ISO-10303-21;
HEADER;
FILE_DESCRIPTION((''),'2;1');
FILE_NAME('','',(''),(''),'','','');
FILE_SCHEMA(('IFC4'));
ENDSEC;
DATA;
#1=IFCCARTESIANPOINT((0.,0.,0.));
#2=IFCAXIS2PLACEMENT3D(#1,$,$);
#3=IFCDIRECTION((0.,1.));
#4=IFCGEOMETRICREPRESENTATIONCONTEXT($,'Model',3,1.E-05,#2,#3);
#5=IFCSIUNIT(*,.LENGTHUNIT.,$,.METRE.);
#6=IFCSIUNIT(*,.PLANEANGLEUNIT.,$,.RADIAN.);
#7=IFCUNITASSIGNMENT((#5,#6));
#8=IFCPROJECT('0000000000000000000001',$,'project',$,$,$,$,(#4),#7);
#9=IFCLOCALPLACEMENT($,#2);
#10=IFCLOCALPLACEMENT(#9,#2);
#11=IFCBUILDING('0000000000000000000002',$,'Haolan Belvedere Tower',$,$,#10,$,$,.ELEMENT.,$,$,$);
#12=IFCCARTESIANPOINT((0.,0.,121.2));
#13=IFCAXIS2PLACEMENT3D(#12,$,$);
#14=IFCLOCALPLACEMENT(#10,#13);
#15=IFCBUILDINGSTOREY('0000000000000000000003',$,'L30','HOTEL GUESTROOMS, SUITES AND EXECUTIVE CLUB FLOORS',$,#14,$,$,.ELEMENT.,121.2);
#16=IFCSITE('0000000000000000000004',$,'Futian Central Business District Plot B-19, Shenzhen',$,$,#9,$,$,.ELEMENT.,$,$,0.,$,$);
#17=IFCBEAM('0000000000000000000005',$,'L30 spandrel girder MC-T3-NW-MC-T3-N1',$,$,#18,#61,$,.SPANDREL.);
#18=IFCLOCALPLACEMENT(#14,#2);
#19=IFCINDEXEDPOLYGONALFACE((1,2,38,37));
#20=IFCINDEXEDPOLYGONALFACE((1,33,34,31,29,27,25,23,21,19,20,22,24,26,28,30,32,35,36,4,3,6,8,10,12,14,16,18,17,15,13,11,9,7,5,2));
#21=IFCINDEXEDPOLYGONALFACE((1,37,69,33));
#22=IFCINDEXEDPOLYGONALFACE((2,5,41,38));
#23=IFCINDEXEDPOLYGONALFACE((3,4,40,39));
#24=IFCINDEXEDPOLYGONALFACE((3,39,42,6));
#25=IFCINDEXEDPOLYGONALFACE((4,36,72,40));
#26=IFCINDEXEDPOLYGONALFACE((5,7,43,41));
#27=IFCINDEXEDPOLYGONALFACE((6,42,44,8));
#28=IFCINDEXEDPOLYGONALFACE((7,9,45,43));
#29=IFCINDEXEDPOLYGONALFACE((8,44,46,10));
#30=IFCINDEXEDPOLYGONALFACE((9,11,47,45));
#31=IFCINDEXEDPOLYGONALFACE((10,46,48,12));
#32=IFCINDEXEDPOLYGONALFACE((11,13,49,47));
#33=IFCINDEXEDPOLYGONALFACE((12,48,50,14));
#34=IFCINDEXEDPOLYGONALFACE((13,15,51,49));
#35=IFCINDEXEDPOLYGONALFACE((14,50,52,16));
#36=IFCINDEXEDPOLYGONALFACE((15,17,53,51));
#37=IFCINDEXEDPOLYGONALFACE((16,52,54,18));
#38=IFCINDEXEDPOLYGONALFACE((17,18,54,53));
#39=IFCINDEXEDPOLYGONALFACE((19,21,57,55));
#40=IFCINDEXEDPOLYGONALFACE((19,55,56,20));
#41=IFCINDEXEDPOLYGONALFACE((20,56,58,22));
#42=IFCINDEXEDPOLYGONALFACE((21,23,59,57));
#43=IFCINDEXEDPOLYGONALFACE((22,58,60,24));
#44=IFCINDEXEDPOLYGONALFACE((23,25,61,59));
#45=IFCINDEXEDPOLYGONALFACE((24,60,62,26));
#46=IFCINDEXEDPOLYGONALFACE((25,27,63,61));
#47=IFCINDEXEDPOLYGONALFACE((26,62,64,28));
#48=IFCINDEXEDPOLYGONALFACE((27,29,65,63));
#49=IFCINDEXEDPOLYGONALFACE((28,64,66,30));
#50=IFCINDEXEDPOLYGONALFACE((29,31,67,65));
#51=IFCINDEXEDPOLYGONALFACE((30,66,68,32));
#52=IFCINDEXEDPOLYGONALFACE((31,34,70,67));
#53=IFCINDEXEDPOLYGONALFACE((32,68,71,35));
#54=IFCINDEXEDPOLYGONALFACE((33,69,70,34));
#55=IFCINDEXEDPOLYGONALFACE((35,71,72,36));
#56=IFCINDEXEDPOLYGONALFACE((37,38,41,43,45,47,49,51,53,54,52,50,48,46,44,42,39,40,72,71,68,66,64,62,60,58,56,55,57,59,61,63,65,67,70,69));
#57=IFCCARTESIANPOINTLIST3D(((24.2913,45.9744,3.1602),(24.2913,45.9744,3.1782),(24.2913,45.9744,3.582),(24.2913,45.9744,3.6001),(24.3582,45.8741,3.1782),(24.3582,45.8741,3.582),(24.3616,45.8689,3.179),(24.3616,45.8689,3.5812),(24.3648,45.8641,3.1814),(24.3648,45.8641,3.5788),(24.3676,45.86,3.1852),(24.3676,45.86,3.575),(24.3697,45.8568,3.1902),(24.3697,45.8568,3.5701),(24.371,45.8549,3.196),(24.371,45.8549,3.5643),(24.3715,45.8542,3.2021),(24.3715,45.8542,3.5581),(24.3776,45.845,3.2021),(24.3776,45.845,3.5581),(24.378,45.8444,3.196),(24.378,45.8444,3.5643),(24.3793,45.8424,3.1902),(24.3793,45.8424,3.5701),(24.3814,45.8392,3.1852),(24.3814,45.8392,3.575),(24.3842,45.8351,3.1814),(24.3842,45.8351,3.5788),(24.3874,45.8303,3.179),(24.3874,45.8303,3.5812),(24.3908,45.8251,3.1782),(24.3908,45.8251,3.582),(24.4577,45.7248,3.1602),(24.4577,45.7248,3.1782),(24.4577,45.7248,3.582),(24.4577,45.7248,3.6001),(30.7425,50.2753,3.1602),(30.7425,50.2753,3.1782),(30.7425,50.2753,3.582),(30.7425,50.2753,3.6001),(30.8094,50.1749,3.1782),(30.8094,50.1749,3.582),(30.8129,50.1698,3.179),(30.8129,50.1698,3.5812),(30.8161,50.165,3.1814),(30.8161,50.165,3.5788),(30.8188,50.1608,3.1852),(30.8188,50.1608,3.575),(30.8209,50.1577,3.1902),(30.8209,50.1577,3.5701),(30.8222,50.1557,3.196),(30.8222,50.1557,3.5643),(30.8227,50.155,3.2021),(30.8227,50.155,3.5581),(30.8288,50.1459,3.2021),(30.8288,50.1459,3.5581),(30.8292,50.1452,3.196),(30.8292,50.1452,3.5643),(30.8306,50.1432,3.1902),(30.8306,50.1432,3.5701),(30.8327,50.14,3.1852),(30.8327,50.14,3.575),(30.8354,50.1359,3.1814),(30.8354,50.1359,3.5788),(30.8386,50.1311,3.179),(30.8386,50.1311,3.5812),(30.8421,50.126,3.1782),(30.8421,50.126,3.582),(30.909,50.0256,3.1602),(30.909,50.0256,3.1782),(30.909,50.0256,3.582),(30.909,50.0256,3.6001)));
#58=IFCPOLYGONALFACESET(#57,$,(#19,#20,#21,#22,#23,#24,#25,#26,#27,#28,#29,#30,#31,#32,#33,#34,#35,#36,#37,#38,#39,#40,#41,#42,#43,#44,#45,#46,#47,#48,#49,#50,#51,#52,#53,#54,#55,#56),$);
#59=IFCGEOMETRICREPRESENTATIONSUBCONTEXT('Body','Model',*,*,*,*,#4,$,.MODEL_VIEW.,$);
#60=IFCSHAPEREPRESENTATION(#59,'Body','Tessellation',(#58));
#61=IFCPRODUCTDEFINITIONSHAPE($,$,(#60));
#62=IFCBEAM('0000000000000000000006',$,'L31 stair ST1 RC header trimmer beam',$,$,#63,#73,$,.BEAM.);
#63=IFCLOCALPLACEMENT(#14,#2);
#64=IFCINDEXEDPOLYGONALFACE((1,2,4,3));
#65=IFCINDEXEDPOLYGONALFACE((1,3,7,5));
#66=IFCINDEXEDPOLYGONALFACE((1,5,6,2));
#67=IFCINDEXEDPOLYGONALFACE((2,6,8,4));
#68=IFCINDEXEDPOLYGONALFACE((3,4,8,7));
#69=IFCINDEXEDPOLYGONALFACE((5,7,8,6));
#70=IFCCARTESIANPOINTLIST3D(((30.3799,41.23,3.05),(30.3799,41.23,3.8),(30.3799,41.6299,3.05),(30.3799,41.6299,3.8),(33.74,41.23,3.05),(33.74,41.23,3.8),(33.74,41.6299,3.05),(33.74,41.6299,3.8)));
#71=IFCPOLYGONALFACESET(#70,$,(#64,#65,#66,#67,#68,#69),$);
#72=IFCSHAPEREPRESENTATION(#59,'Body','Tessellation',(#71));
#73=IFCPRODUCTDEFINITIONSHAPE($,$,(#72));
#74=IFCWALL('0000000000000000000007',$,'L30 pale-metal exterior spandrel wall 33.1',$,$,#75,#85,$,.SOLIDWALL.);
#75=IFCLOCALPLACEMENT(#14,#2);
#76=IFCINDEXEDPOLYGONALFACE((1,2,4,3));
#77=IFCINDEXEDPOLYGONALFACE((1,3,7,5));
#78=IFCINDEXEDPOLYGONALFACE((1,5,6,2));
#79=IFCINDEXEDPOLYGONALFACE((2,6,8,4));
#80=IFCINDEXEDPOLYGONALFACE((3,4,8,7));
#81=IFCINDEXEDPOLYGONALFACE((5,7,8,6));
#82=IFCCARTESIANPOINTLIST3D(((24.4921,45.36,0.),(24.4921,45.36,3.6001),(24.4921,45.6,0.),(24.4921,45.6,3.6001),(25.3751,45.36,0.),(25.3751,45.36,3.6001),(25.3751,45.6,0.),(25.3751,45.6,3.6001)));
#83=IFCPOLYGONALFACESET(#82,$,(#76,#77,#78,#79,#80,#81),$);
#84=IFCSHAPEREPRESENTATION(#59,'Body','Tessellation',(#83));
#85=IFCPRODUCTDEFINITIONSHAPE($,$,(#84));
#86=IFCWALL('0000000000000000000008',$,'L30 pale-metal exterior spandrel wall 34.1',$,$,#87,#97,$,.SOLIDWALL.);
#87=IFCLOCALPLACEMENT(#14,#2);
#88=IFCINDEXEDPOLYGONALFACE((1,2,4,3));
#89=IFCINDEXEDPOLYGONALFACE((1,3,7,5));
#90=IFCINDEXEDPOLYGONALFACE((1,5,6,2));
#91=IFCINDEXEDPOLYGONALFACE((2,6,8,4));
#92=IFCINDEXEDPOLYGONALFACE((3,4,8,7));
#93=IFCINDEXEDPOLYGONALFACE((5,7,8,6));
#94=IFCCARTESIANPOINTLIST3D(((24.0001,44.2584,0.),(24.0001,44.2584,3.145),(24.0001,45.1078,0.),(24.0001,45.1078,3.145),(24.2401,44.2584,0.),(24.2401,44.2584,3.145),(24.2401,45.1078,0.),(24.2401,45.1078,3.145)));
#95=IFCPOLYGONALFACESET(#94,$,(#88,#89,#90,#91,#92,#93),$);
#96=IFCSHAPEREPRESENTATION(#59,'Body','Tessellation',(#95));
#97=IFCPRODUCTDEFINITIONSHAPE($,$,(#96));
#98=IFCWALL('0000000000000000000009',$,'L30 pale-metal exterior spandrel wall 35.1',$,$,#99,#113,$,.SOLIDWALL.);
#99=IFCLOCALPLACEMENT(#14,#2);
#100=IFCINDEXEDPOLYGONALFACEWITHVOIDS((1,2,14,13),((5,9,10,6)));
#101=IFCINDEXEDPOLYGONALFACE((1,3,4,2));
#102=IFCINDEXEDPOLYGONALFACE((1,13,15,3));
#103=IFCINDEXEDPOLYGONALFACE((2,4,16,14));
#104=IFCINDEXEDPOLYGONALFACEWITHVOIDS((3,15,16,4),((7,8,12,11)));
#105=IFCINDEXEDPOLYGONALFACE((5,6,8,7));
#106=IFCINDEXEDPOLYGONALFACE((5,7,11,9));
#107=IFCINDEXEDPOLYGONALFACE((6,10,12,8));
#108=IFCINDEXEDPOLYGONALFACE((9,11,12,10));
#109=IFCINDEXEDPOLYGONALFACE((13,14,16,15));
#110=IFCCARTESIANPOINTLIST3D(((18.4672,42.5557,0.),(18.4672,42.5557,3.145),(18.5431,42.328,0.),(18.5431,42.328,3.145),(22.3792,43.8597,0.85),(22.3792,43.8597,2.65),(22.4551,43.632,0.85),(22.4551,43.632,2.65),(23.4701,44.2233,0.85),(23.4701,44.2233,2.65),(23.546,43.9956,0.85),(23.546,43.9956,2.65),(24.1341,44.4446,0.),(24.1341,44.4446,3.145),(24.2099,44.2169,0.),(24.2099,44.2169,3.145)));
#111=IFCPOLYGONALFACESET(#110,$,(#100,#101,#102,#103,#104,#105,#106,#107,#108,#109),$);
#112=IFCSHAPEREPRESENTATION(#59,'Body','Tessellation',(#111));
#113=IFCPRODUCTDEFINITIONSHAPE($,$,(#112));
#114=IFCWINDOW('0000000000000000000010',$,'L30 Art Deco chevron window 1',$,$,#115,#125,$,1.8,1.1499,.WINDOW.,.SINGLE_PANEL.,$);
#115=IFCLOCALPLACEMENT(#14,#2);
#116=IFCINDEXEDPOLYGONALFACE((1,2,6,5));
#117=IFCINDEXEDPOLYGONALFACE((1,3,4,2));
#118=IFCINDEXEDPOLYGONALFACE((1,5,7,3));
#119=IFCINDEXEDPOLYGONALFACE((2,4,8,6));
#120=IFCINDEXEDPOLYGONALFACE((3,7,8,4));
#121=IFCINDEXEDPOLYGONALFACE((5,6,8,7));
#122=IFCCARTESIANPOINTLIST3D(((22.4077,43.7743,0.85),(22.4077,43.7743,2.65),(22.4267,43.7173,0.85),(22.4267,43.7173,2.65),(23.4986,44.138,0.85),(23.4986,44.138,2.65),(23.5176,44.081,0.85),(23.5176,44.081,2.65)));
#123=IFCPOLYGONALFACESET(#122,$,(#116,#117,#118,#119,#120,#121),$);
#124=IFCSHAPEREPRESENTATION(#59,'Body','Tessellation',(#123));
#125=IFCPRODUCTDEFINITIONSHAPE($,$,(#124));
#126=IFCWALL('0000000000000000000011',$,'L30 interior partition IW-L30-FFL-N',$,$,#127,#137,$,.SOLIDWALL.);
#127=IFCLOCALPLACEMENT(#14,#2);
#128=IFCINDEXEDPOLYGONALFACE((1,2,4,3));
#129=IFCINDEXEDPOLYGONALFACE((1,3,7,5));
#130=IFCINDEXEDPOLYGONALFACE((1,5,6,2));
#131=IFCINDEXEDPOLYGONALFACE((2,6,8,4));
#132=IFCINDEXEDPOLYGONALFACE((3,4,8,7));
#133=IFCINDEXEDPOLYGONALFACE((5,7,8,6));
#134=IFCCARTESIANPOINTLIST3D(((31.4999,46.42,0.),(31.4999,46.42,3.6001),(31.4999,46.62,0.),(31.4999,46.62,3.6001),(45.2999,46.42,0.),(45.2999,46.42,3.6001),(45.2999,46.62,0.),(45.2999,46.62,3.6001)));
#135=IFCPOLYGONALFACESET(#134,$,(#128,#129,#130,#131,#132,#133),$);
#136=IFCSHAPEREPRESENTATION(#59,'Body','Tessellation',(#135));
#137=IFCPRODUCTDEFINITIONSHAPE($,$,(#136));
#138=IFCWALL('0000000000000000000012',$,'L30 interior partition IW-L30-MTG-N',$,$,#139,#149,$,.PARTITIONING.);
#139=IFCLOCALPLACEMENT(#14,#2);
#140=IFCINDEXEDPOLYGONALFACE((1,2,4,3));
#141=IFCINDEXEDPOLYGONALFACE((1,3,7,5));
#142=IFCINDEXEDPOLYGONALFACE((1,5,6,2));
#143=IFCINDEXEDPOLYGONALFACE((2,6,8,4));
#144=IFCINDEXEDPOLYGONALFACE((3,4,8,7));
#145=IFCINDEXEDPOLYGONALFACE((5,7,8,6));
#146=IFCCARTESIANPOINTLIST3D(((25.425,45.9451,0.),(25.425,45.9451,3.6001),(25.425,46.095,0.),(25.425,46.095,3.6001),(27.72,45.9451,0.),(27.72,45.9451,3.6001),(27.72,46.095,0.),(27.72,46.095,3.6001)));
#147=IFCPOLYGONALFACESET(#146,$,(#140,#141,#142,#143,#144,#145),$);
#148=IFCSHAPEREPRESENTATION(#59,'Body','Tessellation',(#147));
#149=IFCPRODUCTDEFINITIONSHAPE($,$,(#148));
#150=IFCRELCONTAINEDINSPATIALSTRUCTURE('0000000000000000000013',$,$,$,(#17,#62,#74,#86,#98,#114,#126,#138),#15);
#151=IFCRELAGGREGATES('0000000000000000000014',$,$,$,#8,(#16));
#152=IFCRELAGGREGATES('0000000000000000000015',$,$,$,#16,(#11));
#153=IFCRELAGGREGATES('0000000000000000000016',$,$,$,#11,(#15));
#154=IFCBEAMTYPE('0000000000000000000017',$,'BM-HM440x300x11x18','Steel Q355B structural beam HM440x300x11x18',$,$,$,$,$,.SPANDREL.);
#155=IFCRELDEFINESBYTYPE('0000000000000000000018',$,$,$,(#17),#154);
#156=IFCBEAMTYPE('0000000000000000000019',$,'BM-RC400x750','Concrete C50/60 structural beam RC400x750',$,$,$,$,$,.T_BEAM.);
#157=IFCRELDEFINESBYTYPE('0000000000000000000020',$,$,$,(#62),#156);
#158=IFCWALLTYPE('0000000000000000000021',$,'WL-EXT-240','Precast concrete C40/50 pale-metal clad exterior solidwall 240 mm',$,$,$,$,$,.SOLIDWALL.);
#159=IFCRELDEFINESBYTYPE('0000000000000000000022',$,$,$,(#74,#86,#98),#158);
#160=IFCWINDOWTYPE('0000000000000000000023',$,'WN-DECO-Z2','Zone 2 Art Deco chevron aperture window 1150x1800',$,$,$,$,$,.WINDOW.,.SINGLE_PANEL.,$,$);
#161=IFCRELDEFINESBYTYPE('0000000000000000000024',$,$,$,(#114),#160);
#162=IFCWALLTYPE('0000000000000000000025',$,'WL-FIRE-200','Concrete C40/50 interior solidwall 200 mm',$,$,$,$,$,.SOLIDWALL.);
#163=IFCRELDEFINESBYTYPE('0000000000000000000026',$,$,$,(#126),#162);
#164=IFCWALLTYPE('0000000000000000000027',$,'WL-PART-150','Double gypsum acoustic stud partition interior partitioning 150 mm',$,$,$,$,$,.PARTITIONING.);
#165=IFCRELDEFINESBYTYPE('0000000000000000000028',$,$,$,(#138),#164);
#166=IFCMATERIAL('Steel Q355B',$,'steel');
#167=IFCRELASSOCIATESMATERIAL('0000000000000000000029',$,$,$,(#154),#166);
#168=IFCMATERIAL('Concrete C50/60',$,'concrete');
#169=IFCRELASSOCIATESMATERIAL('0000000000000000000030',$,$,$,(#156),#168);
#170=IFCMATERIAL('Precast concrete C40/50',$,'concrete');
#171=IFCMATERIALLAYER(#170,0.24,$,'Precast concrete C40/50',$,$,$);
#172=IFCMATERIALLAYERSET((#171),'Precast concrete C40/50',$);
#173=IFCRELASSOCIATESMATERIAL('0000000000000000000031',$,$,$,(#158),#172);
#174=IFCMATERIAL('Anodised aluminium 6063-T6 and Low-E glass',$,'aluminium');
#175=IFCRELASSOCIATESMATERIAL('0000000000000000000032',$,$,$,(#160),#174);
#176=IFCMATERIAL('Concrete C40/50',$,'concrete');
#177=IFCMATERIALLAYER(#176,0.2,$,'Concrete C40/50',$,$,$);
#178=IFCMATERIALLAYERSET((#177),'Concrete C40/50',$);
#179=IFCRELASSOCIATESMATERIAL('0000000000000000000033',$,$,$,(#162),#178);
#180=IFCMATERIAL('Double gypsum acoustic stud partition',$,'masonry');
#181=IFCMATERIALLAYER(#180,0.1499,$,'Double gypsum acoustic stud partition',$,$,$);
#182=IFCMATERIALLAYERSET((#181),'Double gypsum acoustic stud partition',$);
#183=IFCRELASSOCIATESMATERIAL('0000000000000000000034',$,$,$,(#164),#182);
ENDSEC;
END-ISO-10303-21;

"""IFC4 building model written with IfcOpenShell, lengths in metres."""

from ifc_helpers import new_model, si_unit, direction, frame, frame_2d, origin, origin_2d, place, context, subcontext, project, spatial, rectangle, i_section, extrude, material, layer, layer_set, material_profile, profile_set, type_object, element, fill, save


model = new_model("IFC4")

# Units and contexts
model_context = context("Model", 3, precision=1e-05, world=origin(), true_north=direction((0.0, 1.0)))
body_context = subcontext(model_context, "Body", "Model", "MODEL_VIEW")
ifc_project = project(units=[si_unit("LENGTHUNIT", "METRE"), si_unit("PLANEANGLEUNIT", "RADIAN")], contexts=[model_context])

# Site, building, storey
site_placement = place(None, origin())
site = spatial("IfcSite", under=ifc_project, at=site_placement, Name="Futian Central Business District Plot B-19, Shenzhen", CompositionType="ELEMENT", RefElevation=0.0)
building_placement = place(site_placement, origin())
building = spatial("IfcBuilding", under=site, at=building_placement, Name="Haolan Belvedere Tower", CompositionType="ELEMENT")
storey_placement = place(building_placement, frame((0.0, 0.0, 121.2)))
storey = spatial("IfcBuildingStorey", under=building, at=storey_placement, Name="L30", Description="HOTEL GUESTROOMS, SUITES AND EXECUTIVE CLUB FLOORS", CompositionType="ELEMENT", Elevation=121.2)

# Beams
ifc_material_1 = material(Name="Steel Q355B", Category="steel")
ifc_material_profile_1 = material_profile(ifc_material_1, i_section(OverallWidth=0.3, OverallDepth=0.4399, WebThickness=0.011, FlangeThickness=0.0181, FilletRadius=0.0239, at=origin_2d()), Name="Steel Q355B")
ifc_profile_set_1 = profile_set([ifc_material_profile_1], Name="Steel Q355B")
beam_type_1 = type_object("IfcBeamType", Name="BM-HM440x300x11x18", Description="Steel Q355B structural beam HM440x300x11x18", PredefinedType="SPANDREL", material=ifc_profile_set_1)
beam_1_placement = place(storey_placement, frame((24.3745, 45.8496, 3.3801), z_axis=(0.83205, 0.5547, 0.0), x_axis=(-0.5547, 0.83205, 0.0)))
element("IfcBeam", 1, at=beam_1_placement, inside=storey, type_object=beam_type_1, Name="L30 spandrel girder MC-T3-NW-MC-T3-N1", PredefinedType="SPANDREL", context=body_context, shape_type="SweptSolid", body=[
    extrude(i_section(OverallWidth=0.3, OverallDepth=0.4399, WebThickness=0.011, FlangeThickness=0.0181, FilletRadius=0.0239, at=origin_2d()), origin(), (0.0, 0.0, 1.0), 7.7534),
])
ifc_material_2 = material(Name="Concrete C50/60", Category="concrete")
ifc_material_profile_2 = material_profile(ifc_material_2, rectangle(XDim=0.3999, YDim=0.75, at=origin_2d()), Name="Concrete C50/60")
ifc_profile_set_2 = profile_set([ifc_material_profile_2], Name="Concrete C50/60")
beam_type_2 = type_object("IfcBeamType", Name="BM-RC400x750", Description="Concrete C50/60 structural beam RC400x750", PredefinedType="T_BEAM", material=ifc_profile_set_2)
beam_2_placement = place(storey_placement, frame((30.3799, 41.4299, 3.425), z_axis=(1.0, 0.0, 0.0), x_axis=(0.0, 1.0, 0.0)))
element("IfcBeam", 2, at=beam_2_placement, inside=storey, type_object=beam_type_2, Name="L31 stair ST1 RC header trimmer beam", PredefinedType="BEAM", context=body_context, shape_type="SweptSolid", body=[
    extrude(rectangle(XDim=0.3999, YDim=0.75, at=origin_2d()), origin(), (0.0, 0.0, 1.0), 3.3601),
])

# Walls
ifc_material_3 = material(Name="Precast concrete C40/50", Category="concrete")
ifc_layer_1 = layer(ifc_material_3, 0.24, Name="Precast concrete C40/50")
ifc_layer_set_1 = layer_set([ifc_layer_1], Name="Precast concrete C40/50")
wall_type_1 = type_object("IfcWallType", Name="WL-EXT-240", Description="Precast concrete C40/50 pale-metal clad exterior solidwall 240 mm", PredefinedType="SOLIDWALL", material=ifc_layer_set_1)
wall_1_placement = place(storey_placement, frame((25.375, 45.48, 0.0), z_axis=(0.0, 0.0, 1.0), x_axis=(-1.0, 0.0, 0.0)))
element("IfcWall", 3, at=wall_1_placement, inside=storey, type_object=wall_type_1, Name="L30 pale-metal exterior spandrel wall 33.1", PredefinedType="SOLIDWALL", context=body_context, shape_type="SweptSolid", body=[
    extrude(rectangle(XDim=0.8831, YDim=0.24, at=frame_2d((0.4414, 0.0))), origin(), (0.0, 0.0, 1.0), 3.6001),
])
wall_2_placement = place(storey_placement, frame((24.1201, 45.1079, 0.0), z_axis=(0.0, 0.0, 1.0), x_axis=(0.0, -1.0, 0.0)))
element("IfcWall", 4, at=wall_2_placement, inside=storey, type_object=wall_type_1, Name="L30 pale-metal exterior spandrel wall 34.1", PredefinedType="SOLIDWALL", context=body_context, shape_type="SweptSolid", body=[
    extrude(rectangle(XDim=0.8494, YDim=0.24, at=frame_2d((0.4248, 0.0))), origin(), (0.0, 0.0, 1.0), 3.145),
])

# Wall, opening, window
wall_3_placement = place(storey_placement, frame((24.1721, 44.3308, 0.0), z_axis=(0.0, 0.0, 1.0), x_axis=(-0.948683, -0.316228, 0.0)))
wall_3 = element("IfcWall", 5, at=wall_3_placement, inside=storey, type_object=wall_type_1, Name="L30 pale-metal exterior spandrel wall 35.1", PredefinedType="SOLIDWALL", context=body_context, shape_type="SweptSolid", body=[
    extrude(rectangle(XDim=5.9734, YDim=0.24, at=frame_2d((2.9868, 0.0))), origin(), (0.0, 0.0, 1.0), 3.145),
])
opening_1_placement = place(wall_3_placement, frame((0.7, 0.0, 0.8501)))
opening_1 = element("IfcOpeningElement", 6, at=opening_1_placement, cuts=wall_3, PredefinedType="OPENING", context=body_context, shape_type="SweptSolid", body=[
    extrude(rectangle(XDim=1.1499, YDim=1.8, at=frame_2d((0.575, 0.8999))), frame((0.0, 0.1299, 0.0), z_axis=(0.0, -1.0, 0.0), x_axis=(1.0, 0.0, 0.0)), (0.0, 0.0, 1.0), 0.26),
])
ifc_material_4 = material(Name="Anodised aluminium 6063-T6 and Low-E glass", Category="aluminium")
window_type = type_object("IfcWindowType", Name="WN-DECO-Z2", Description="Zone 2 Art Deco chevron aperture window 1150x1800", PartitioningType="SINGLE_PANEL", PredefinedType="WINDOW", material=ifc_material_4)
window_placement = place(opening_1_placement, origin())
window = element("IfcWindow", 7, at=window_placement, inside=storey, type_object=window_type, Name="L30 Art Deco chevron window 1", OverallHeight=1.8, OverallWidth=1.1499, PartitioningType="SINGLE_PANEL", PredefinedType="WINDOW", context=body_context, shape_type="SweptSolid", body=[
    extrude(rectangle(XDim=1.1499, YDim=1.8, at=frame_2d((0.575, 0.8999))), frame((0.0, 0.03, 0.0), z_axis=(0.0, -1.0, 0.0), x_axis=(1.0, 0.0, 0.0)), (0.0, 0.0, 1.0), 0.0601),
])
fill(opening_1, window)

# Wall
ifc_material_5 = material(Name="Concrete C40/50", Category="concrete")
ifc_layer_2 = layer(ifc_material_5, 0.2, Name="Concrete C40/50")
ifc_layer_set_2 = layer_set([ifc_layer_2], Name="Concrete C40/50")
wall_type_2 = type_object("IfcWallType", Name="WL-FIRE-200", Description="Concrete C40/50 interior solidwall 200 mm", PredefinedType="SOLIDWALL", material=ifc_layer_set_2)
wall_4_placement = place(storey_placement, frame((31.5, 46.52, 0.0), z_axis=(0.0, 0.0, 1.0), x_axis=(1.0, 0.0, 0.0)))
element("IfcWall", 8, at=wall_4_placement, inside=storey, type_object=wall_type_2, Name="L30 interior partition IW-L30-FFL-N", PredefinedType="SOLIDWALL", context=body_context, shape_type="SweptSolid", body=[
    extrude(rectangle(XDim=13.8, YDim=0.2, at=frame_2d((6.8999, 0.0))), origin(), (0.0, 0.0, 1.0), 3.6001),
])

# Wall
ifc_material_6 = material(Name="Double gypsum acoustic stud partition", Category="masonry")
ifc_layer_3 = layer(ifc_material_6, 0.1499, Name="Double gypsum acoustic stud partition")
ifc_layer_set_3 = layer_set([ifc_layer_3], Name="Double gypsum acoustic stud partition")
wall_type_3 = type_object("IfcWallType", Name="WL-PART-150", Description="Double gypsum acoustic stud partition interior partitioning 150 mm", PredefinedType="PARTITIONING", material=ifc_layer_set_3)
wall_5_placement = place(storey_placement, frame((25.425, 46.02, 0.0), z_axis=(0.0, 0.0, 1.0), x_axis=(1.0, 0.0, 0.0)))
element("IfcWall", 9, at=wall_5_placement, inside=storey, type_object=wall_type_3, Name="L30 interior partition IW-L30-MTG-N", PredefinedType="PARTITIONING", context=body_context, shape_type="SweptSolid", body=[
    extrude(rectangle(XDim=2.2949, YDim=0.1499, at=frame_2d((1.1475, 0.0))), origin(), (0.0, 0.0, 1.0), 3.6001),
])

save(model, "model.ifc")
